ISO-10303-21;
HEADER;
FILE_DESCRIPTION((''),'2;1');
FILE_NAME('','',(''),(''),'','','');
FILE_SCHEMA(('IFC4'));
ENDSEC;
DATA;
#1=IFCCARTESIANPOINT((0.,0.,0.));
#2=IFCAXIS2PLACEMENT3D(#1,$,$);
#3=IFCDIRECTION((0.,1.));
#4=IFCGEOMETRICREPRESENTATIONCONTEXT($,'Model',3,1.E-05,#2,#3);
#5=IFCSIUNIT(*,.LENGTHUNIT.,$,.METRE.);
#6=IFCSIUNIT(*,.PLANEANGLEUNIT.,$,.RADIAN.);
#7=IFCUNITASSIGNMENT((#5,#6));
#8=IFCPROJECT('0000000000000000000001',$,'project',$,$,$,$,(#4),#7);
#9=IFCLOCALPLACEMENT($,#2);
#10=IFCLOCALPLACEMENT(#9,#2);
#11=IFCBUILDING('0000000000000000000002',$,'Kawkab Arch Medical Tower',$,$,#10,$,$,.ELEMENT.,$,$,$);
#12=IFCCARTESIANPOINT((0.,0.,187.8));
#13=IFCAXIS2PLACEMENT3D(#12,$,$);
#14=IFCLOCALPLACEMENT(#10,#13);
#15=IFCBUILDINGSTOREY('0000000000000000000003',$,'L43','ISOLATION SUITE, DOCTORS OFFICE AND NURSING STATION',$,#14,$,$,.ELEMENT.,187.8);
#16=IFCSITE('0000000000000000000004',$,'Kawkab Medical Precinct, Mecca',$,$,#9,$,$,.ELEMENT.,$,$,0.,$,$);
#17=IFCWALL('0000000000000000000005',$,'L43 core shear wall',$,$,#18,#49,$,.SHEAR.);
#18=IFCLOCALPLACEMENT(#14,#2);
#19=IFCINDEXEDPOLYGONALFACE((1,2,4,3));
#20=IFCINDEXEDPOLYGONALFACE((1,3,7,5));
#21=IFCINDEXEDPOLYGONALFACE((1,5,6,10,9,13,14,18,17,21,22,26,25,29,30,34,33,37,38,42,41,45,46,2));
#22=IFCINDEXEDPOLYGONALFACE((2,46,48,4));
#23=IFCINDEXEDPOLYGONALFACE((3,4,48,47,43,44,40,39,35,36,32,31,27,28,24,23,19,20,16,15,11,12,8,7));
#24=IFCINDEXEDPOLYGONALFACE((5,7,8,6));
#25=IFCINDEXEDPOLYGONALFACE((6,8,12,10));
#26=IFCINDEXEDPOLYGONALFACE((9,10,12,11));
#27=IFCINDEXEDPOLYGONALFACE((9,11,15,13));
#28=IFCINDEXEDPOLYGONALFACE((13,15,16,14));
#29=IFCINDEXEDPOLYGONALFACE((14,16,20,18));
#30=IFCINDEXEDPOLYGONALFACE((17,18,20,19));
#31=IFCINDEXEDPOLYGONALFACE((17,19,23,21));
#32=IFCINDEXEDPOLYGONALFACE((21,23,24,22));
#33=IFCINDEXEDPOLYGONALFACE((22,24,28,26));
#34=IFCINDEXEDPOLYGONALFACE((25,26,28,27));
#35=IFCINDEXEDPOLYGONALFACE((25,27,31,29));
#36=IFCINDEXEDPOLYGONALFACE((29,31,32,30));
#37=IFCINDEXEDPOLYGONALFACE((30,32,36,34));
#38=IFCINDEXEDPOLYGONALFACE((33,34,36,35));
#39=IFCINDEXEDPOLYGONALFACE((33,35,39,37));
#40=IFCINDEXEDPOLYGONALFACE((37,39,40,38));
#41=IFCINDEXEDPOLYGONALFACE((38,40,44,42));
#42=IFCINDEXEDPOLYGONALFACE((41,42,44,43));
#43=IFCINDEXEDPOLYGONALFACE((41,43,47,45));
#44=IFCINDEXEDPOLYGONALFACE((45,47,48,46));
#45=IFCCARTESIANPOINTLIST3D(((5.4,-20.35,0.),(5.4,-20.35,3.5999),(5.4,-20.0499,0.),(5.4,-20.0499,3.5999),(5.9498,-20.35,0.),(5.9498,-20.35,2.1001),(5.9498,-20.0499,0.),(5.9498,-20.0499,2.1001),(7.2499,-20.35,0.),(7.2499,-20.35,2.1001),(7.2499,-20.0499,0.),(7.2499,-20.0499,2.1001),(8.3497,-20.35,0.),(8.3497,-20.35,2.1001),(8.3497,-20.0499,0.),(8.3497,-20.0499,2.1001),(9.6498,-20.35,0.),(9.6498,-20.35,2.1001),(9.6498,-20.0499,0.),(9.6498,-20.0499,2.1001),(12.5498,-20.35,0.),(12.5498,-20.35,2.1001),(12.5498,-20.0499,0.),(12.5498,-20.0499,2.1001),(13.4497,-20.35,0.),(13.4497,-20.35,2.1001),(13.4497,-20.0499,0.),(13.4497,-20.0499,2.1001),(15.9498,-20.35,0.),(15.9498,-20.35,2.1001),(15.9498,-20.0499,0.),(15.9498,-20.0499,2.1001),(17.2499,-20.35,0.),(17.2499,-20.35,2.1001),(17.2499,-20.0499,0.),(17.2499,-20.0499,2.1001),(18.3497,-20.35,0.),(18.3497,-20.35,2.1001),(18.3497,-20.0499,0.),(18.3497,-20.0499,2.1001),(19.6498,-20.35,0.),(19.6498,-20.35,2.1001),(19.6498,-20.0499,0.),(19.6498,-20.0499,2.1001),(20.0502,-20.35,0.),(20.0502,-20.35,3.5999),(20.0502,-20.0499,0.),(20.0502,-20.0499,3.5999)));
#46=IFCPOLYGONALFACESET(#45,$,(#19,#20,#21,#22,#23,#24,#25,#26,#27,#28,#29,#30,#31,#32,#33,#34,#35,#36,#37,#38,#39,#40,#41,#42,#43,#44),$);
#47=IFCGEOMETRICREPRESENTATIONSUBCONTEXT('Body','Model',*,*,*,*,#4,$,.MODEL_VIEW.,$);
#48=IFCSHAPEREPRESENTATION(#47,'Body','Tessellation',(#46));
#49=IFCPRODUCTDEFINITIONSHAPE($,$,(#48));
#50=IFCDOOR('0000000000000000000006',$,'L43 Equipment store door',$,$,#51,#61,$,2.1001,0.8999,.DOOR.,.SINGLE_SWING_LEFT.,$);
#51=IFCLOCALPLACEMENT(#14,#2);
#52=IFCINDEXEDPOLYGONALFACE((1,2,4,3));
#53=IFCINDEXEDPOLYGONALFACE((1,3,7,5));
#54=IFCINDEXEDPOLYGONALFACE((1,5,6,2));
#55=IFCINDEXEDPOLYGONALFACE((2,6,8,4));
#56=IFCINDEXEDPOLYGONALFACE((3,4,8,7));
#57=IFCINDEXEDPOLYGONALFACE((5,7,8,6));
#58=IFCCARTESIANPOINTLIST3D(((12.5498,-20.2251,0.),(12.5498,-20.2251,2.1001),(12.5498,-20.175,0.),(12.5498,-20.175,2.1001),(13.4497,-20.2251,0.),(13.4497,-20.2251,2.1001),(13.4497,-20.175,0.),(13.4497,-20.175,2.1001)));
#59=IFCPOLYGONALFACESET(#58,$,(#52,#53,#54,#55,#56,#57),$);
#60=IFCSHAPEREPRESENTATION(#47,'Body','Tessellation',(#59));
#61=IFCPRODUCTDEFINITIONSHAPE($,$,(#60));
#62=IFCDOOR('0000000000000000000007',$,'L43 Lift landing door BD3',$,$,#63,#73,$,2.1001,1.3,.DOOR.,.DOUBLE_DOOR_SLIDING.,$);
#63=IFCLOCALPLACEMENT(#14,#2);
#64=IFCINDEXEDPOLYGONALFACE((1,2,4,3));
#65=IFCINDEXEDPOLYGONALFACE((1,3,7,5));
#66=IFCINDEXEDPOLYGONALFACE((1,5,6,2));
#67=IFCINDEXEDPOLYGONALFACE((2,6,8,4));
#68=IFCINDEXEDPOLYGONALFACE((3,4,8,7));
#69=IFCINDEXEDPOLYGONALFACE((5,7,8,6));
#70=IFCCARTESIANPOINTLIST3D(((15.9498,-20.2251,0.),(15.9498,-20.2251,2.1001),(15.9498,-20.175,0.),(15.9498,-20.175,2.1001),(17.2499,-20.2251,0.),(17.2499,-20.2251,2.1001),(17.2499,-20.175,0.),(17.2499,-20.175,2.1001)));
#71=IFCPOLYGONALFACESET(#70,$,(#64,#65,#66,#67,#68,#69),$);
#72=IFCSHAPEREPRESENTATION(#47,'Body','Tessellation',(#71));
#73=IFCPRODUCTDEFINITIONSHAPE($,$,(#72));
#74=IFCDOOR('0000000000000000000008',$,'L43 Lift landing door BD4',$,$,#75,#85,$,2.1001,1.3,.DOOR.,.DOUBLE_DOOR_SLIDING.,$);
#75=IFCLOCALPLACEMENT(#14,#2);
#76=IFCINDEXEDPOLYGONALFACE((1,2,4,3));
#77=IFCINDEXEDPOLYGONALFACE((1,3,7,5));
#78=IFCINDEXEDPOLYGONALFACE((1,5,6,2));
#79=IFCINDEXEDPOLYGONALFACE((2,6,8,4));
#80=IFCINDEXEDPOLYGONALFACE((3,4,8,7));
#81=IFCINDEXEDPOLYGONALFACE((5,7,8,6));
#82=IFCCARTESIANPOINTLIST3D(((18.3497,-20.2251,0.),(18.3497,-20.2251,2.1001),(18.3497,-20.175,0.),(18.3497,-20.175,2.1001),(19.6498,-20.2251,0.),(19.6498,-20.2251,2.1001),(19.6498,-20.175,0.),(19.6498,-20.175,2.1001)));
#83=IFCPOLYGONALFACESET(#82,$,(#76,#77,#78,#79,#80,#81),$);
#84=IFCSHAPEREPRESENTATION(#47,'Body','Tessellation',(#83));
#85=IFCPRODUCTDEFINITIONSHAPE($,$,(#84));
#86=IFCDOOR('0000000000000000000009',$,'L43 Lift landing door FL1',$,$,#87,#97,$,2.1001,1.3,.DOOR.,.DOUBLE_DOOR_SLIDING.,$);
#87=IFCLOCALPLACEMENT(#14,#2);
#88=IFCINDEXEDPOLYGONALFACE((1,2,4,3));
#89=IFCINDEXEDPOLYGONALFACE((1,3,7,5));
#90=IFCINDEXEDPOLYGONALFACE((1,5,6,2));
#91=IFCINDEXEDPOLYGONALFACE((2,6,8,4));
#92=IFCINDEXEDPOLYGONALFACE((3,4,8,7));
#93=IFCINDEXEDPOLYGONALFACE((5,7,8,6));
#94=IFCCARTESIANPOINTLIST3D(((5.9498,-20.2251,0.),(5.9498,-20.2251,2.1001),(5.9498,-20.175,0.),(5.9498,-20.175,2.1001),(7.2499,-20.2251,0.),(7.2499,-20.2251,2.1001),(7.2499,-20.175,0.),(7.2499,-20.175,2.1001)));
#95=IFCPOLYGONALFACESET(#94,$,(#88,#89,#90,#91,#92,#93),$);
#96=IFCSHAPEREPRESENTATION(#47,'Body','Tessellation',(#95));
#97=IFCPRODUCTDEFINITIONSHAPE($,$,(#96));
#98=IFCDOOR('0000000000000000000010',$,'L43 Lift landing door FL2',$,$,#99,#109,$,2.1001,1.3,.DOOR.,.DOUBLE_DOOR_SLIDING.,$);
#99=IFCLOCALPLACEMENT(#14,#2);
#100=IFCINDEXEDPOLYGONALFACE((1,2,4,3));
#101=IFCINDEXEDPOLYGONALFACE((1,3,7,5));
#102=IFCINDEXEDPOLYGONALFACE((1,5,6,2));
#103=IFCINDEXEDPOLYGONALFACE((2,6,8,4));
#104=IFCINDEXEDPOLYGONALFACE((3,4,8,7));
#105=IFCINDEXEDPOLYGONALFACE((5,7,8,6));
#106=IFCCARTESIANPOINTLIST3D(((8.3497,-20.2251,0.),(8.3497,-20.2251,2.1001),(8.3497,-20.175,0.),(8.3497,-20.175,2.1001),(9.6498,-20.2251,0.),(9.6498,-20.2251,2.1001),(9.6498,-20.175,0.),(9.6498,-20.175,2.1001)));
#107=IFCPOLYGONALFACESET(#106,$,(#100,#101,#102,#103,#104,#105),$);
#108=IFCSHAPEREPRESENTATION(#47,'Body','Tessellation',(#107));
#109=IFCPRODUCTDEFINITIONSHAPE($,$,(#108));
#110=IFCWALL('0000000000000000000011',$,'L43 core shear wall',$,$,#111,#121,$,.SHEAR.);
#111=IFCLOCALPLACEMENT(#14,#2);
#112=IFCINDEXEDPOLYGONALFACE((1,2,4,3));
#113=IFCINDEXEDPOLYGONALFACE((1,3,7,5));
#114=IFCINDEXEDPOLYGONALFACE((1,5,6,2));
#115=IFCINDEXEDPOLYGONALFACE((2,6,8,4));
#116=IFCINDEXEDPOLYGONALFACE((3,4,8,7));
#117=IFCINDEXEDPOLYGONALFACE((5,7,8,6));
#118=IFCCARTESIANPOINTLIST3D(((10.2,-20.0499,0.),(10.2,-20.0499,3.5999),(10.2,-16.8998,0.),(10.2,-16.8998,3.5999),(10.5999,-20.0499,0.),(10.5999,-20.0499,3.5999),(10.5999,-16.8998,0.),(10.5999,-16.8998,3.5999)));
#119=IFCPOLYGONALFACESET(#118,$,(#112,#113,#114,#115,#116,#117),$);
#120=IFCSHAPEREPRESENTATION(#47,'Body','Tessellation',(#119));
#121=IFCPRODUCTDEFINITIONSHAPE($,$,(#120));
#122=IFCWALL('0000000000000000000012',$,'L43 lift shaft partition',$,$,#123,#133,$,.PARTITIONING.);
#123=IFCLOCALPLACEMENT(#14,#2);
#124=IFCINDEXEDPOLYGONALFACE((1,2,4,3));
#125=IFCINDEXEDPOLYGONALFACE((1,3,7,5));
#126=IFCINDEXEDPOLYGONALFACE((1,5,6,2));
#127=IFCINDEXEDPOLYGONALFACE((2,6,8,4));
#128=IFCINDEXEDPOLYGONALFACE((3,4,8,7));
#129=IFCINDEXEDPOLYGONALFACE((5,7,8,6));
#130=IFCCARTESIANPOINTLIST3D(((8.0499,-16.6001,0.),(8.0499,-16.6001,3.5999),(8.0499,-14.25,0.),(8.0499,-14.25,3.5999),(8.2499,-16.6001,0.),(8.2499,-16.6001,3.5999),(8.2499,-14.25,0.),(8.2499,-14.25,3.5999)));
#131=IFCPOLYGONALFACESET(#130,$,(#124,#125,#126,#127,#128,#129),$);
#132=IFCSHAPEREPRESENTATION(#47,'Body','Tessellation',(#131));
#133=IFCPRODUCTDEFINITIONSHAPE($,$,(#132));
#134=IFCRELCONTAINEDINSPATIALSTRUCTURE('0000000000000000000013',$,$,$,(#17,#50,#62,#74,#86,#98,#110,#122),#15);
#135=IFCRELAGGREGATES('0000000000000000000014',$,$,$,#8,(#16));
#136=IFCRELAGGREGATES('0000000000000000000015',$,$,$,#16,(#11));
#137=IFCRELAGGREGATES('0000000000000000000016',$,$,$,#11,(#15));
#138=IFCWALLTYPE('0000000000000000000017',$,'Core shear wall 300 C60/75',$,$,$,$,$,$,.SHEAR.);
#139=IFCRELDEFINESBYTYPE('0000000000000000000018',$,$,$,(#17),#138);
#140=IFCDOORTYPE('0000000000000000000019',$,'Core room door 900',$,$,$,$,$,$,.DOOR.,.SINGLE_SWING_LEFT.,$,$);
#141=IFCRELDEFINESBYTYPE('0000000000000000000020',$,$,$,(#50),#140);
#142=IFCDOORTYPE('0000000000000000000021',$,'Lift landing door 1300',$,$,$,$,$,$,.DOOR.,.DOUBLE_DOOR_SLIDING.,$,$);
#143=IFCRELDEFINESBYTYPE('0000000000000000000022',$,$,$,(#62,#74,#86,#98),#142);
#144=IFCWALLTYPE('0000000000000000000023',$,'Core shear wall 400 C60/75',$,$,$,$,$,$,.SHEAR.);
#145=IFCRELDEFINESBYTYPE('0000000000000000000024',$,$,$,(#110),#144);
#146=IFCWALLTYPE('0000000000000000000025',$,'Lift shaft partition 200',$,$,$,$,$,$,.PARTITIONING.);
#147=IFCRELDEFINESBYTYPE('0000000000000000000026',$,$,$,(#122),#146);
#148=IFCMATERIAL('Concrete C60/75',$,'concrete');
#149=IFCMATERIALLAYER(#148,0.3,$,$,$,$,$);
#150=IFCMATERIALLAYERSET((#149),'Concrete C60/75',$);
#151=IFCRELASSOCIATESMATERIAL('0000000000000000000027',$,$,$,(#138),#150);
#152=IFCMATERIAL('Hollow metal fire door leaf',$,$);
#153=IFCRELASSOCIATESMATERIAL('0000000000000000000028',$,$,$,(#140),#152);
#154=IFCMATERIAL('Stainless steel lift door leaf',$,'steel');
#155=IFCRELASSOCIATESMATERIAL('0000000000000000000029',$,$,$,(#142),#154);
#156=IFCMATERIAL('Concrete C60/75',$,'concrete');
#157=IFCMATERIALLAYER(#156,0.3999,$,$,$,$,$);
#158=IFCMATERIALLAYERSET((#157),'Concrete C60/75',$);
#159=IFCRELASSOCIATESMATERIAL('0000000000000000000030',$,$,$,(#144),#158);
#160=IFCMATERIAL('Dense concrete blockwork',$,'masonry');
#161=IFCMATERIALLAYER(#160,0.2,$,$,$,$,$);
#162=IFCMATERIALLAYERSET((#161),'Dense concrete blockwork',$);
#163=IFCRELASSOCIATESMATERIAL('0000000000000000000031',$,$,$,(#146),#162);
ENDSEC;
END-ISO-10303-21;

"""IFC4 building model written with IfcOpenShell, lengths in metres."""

from ifc_helpers import new_model, si_unit, direction, frame, frame_2d, origin, place, context, subcontext, project, spatial, rectangle, extrude, material, layer, layer_set, type_object, element, fill, save


model = new_model("IFC4")

# Units and contexts
model_context = context("Model", 3, precision=1e-05, world=origin(), true_north=direction((0.0, 1.0)))
body_context = subcontext(model_context, "Body", "Model", "MODEL_VIEW")
ifc_project = project(units=[si_unit("LENGTHUNIT", "METRE"), si_unit("PLANEANGLEUNIT", "RADIAN")], contexts=[model_context])

# Site, building, storey
site_placement = place(None, origin())
site = spatial("IfcSite", under=ifc_project, at=site_placement, Name="Kawkab Medical Precinct, Mecca", CompositionType="ELEMENT", RefElevation=0.0)
building_placement = place(site_placement, origin())
building = spatial("IfcBuilding", under=site, at=building_placement, Name="Kawkab Arch Medical Tower", CompositionType="ELEMENT")
storey_placement = place(building_placement, frame((0.0, 0.0, 187.8)))
storey = spatial("IfcBuildingStorey", under=building, at=storey_placement, Name="L43", Description="ISOLATION SUITE, DOCTORS OFFICE AND NURSING STATION", CompositionType="ELEMENT", Elevation=187.8)

# Shared definitions
ifc_material_1 = material(Name="Concrete C60/75", Category="concrete")
ifc_layer_1 = layer(ifc_material_1, 0.3)
ifc_layer_set_1 = layer_set([ifc_layer_1], Name="Concrete C60/75")
wall_type_1 = type_object("IfcWallType", Name="Core shear wall 300 C60/75", PredefinedType="SHEAR", material=ifc_layer_set_1)

# Wall, openings, doors
wall_1_placement = place(storey_placement, frame((5.3999, -20.2, 0.0), z_axis=(0.0, 0.0, 1.0), x_axis=(1.0, 0.0, 0.0)))
wall_1 = element("IfcWall", 1, at=wall_1_placement, inside=storey, type_object=wall_type_1, Name="L43 core shear wall", PredefinedType="SHEAR", context=body_context, shape_type="SweptSolid", body=[
    extrude(rectangle(XDim=14.6501, YDim=0.3, at=frame_2d((7.3252, 0.0))), origin(), (0.0, 0.0, 1.0), 3.5999),
])
opening_1_placement = place(wall_1_placement, frame((10.55, 0.0, 0.0)))
opening_1 = element("IfcOpeningElement", 2, at=opening_1_placement, cuts=wall_1, PredefinedType="OPENING", context=body_context, shape_type="SweptSolid", body=[
    extrude(rectangle(XDim=1.3, YDim=2.1001, at=frame_2d((0.6499, 1.05))), frame((0.0, 0.1599, 0.0), z_axis=(0.0, -1.0, 0.0), x_axis=(1.0, 0.0, 0.0)), (0.0, 0.0, 1.0), 0.3201),
])
opening_2_placement = place(wall_1_placement, frame((12.95, 0.0, 0.0)))
opening_2 = element("IfcOpeningElement", 3, at=opening_2_placement, cuts=wall_1, PredefinedType="OPENING", context=body_context, shape_type="SweptSolid", body=[
    extrude(rectangle(XDim=1.3, YDim=2.1001, at=frame_2d((0.6499, 1.05))), frame((0.0, 0.1599, 0.0), z_axis=(0.0, -1.0, 0.0), x_axis=(1.0, 0.0, 0.0)), (0.0, 0.0, 1.0), 0.3201),
])
opening_3_placement = place(wall_1_placement, frame((0.55, 0.0, 0.0)))
opening_3 = element("IfcOpeningElement", 4, at=opening_3_placement, cuts=wall_1, PredefinedType="OPENING", context=body_context, shape_type="SweptSolid", body=[
    extrude(rectangle(XDim=1.3, YDim=2.1001, at=frame_2d((0.6499, 1.05))), frame((0.0, 0.1599, 0.0), z_axis=(0.0, -1.0, 0.0), x_axis=(1.0, 0.0, 0.0)), (0.0, 0.0, 1.0), 0.3201),
])
opening_4_placement = place(wall_1_placement, frame((2.95, 0.0, 0.0)))
opening_4 = element("IfcOpeningElement", 5, at=opening_4_placement, cuts=wall_1, PredefinedType="OPENING", context=body_context, shape_type="SweptSolid", body=[
    extrude(rectangle(XDim=1.3, YDim=2.1001, at=frame_2d((0.6499, 1.05))), frame((0.0, 0.1599, 0.0), z_axis=(0.0, -1.0, 0.0), x_axis=(1.0, 0.0, 0.0)), (0.0, 0.0, 1.0), 0.3201),
])
opening_5_placement = place(wall_1_placement, frame((7.1499, 0.0, 0.0)))
opening_5 = element("IfcOpeningElement", 6, at=opening_5_placement, cuts=wall_1, PredefinedType="OPENING", context=body_context, shape_type="SweptSolid", body=[
    extrude(rectangle(XDim=0.8999, YDim=2.1001, at=frame_2d((0.45, 1.05))), frame((0.0, 0.1599, 0.0), z_axis=(0.0, -1.0, 0.0), x_axis=(1.0, 0.0, 0.0)), (0.0, 0.0, 1.0), 0.3201),
])
ifc_material_2 = material(Name="Hollow metal fire door leaf")
door_type_1 = type_object("IfcDoorType", Name="Core room door 900", OperationType="SINGLE_SWING_LEFT", PredefinedType="DOOR", material=ifc_material_2)
door_1_placement = place(opening_5_placement, origin())
door_1 = element("IfcDoor", 7, at=door_1_placement, inside=storey, type_object=door_type_1, Name="L43 Equipment store door", OperationType="SINGLE_SWING_LEFT", OverallHeight=2.1001, OverallWidth=0.8999, PredefinedType="DOOR", context=body_context, shape_type="SweptSolid", body=[
    extrude(rectangle(XDim=0.8999, YDim=2.1001, at=frame_2d((0.45, 1.05))), frame((0.0, 0.0249, 0.0), z_axis=(0.0, -1.0, 0.0), x_axis=(1.0, 0.0, 0.0)), (0.0, 0.0, 1.0), 0.05),
])
fill(opening_5, door_1)
ifc_material_3 = material(Name="Stainless steel lift door leaf", Category="steel")
door_type_2 = type_object("IfcDoorType", Name="Lift landing door 1300", OperationType="DOUBLE_DOOR_SLIDING", PredefinedType="DOOR", material=ifc_material_3)
door_2_placement = place(opening_1_placement, origin())
door_2 = element("IfcDoor", 8, at=door_2_placement, inside=storey, type_object=door_type_2, Name="L43 Lift landing door BD3", OperationType="DOUBLE_DOOR_SLIDING", OverallHeight=2.1001, OverallWidth=1.3, PredefinedType="DOOR", context=body_context, shape_type="SweptSolid", body=[
    extrude(rectangle(XDim=1.3, YDim=2.1001, at=frame_2d((0.6499, 1.05))), frame((0.0, 0.0249, 0.0), z_axis=(0.0, -1.0, 0.0), x_axis=(1.0, 0.0, 0.0)), (0.0, 0.0, 1.0), 0.05),
])
fill(opening_1, door_2)
door_3_placement = place(opening_2_placement, origin())
door_3 = element("IfcDoor", 9, at=door_3_placement, inside=storey, type_object=door_type_2, Name="L43 Lift landing door BD4", OperationType="DOUBLE_DOOR_SLIDING", OverallHeight=2.1001, OverallWidth=1.3, PredefinedType="DOOR", context=body_context, shape_type="SweptSolid", body=[
    extrude(rectangle(XDim=1.3, YDim=2.1001, at=frame_2d((0.6499, 1.05))), frame((0.0, 0.0249, 0.0), z_axis=(0.0, -1.0, 0.0), x_axis=(1.0, 0.0, 0.0)), (0.0, 0.0, 1.0), 0.05),
])
fill(opening_2, door_3)
door_4_placement = place(opening_3_placement, origin())
door_4 = element("IfcDoor", 10, at=door_4_placement, inside=storey, type_object=door_type_2, Name="L43 Lift landing door FL1", OperationType="DOUBLE_DOOR_SLIDING", OverallHeight=2.1001, OverallWidth=1.3, PredefinedType="DOOR", context=body_context, shape_type="SweptSolid", body=[
    extrude(rectangle(XDim=1.3, YDim=2.1001, at=frame_2d((0.6499, 1.05))), frame((0.0, 0.0249, 0.0), z_axis=(0.0, -1.0, 0.0), x_axis=(1.0, 0.0, 0.0)), (0.0, 0.0, 1.0), 0.05),
])
fill(opening_3, door_4)
door_5_placement = place(opening_4_placement, origin())
door_5 = element("IfcDoor", 11, at=door_5_placement, inside=storey, type_object=door_type_2, Name="L43 Lift landing door FL2", OperationType="DOUBLE_DOOR_SLIDING", OverallHeight=2.1001, OverallWidth=1.3, PredefinedType="DOOR", context=body_context, shape_type="SweptSolid", body=[
    extrude(rectangle(XDim=1.3, YDim=2.1001, at=frame_2d((0.6499, 1.05))), frame((0.0, 0.0249, 0.0), z_axis=(0.0, -1.0, 0.0), x_axis=(1.0, 0.0, 0.0)), (0.0, 0.0, 1.0), 0.05),
])
fill(opening_4, door_5)

# Walls
ifc_material_4 = material(Name="Concrete C60/75", Category="concrete")
ifc_layer_2 = layer(ifc_material_4, 0.3999)
ifc_layer_set_2 = layer_set([ifc_layer_2], Name="Concrete C60/75")
wall_type_2 = type_object("IfcWallType", Name="Core shear wall 400 C60/75", PredefinedType="SHEAR", material=ifc_layer_set_2)
wall_2_placement = place(storey_placement, frame((10.3999, -20.05, 0.0), z_axis=(0.0, 0.0, 1.0), x_axis=(0.0, 1.0, 0.0)))
element("IfcWall", 12, at=wall_2_placement, inside=storey, type_object=wall_type_2, Name="L43 core shear wall", PredefinedType="SHEAR", context=body_context, shape_type="SweptSolid", body=[
    extrude(rectangle(XDim=3.1501, YDim=0.3999, at=frame_2d((1.5752, 0.0))), origin(), (0.0, 0.0, 1.0), 3.5999),
])
ifc_material_5 = material(Name="Dense concrete blockwork", Category="masonry")
ifc_layer_3 = layer(ifc_material_5, 0.2)
ifc_layer_set_3 = layer_set([ifc_layer_3], Name="Dense concrete blockwork")
wall_type_3 = type_object("IfcWallType", Name="Lift shaft partition 200", PredefinedType="PARTITIONING", material=ifc_layer_set_3)
wall_3_placement = place(storey_placement, frame((8.1499, -16.6001, 0.0), z_axis=(0.0, 0.0, 1.0), x_axis=(0.0, 1.0, 0.0)))
element("IfcWall", 13, at=wall_3_placement, inside=storey, type_object=wall_type_3, Name="L43 lift shaft partition", PredefinedType="PARTITIONING", context=body_context, shape_type="SweptSolid", body=[
    extrude(rectangle(XDim=2.3501, YDim=0.2, at=frame_2d((1.175, 0.0))), origin(), (0.0, 0.0, 1.0), 3.5999),
])

save(model, "model.ifc")
